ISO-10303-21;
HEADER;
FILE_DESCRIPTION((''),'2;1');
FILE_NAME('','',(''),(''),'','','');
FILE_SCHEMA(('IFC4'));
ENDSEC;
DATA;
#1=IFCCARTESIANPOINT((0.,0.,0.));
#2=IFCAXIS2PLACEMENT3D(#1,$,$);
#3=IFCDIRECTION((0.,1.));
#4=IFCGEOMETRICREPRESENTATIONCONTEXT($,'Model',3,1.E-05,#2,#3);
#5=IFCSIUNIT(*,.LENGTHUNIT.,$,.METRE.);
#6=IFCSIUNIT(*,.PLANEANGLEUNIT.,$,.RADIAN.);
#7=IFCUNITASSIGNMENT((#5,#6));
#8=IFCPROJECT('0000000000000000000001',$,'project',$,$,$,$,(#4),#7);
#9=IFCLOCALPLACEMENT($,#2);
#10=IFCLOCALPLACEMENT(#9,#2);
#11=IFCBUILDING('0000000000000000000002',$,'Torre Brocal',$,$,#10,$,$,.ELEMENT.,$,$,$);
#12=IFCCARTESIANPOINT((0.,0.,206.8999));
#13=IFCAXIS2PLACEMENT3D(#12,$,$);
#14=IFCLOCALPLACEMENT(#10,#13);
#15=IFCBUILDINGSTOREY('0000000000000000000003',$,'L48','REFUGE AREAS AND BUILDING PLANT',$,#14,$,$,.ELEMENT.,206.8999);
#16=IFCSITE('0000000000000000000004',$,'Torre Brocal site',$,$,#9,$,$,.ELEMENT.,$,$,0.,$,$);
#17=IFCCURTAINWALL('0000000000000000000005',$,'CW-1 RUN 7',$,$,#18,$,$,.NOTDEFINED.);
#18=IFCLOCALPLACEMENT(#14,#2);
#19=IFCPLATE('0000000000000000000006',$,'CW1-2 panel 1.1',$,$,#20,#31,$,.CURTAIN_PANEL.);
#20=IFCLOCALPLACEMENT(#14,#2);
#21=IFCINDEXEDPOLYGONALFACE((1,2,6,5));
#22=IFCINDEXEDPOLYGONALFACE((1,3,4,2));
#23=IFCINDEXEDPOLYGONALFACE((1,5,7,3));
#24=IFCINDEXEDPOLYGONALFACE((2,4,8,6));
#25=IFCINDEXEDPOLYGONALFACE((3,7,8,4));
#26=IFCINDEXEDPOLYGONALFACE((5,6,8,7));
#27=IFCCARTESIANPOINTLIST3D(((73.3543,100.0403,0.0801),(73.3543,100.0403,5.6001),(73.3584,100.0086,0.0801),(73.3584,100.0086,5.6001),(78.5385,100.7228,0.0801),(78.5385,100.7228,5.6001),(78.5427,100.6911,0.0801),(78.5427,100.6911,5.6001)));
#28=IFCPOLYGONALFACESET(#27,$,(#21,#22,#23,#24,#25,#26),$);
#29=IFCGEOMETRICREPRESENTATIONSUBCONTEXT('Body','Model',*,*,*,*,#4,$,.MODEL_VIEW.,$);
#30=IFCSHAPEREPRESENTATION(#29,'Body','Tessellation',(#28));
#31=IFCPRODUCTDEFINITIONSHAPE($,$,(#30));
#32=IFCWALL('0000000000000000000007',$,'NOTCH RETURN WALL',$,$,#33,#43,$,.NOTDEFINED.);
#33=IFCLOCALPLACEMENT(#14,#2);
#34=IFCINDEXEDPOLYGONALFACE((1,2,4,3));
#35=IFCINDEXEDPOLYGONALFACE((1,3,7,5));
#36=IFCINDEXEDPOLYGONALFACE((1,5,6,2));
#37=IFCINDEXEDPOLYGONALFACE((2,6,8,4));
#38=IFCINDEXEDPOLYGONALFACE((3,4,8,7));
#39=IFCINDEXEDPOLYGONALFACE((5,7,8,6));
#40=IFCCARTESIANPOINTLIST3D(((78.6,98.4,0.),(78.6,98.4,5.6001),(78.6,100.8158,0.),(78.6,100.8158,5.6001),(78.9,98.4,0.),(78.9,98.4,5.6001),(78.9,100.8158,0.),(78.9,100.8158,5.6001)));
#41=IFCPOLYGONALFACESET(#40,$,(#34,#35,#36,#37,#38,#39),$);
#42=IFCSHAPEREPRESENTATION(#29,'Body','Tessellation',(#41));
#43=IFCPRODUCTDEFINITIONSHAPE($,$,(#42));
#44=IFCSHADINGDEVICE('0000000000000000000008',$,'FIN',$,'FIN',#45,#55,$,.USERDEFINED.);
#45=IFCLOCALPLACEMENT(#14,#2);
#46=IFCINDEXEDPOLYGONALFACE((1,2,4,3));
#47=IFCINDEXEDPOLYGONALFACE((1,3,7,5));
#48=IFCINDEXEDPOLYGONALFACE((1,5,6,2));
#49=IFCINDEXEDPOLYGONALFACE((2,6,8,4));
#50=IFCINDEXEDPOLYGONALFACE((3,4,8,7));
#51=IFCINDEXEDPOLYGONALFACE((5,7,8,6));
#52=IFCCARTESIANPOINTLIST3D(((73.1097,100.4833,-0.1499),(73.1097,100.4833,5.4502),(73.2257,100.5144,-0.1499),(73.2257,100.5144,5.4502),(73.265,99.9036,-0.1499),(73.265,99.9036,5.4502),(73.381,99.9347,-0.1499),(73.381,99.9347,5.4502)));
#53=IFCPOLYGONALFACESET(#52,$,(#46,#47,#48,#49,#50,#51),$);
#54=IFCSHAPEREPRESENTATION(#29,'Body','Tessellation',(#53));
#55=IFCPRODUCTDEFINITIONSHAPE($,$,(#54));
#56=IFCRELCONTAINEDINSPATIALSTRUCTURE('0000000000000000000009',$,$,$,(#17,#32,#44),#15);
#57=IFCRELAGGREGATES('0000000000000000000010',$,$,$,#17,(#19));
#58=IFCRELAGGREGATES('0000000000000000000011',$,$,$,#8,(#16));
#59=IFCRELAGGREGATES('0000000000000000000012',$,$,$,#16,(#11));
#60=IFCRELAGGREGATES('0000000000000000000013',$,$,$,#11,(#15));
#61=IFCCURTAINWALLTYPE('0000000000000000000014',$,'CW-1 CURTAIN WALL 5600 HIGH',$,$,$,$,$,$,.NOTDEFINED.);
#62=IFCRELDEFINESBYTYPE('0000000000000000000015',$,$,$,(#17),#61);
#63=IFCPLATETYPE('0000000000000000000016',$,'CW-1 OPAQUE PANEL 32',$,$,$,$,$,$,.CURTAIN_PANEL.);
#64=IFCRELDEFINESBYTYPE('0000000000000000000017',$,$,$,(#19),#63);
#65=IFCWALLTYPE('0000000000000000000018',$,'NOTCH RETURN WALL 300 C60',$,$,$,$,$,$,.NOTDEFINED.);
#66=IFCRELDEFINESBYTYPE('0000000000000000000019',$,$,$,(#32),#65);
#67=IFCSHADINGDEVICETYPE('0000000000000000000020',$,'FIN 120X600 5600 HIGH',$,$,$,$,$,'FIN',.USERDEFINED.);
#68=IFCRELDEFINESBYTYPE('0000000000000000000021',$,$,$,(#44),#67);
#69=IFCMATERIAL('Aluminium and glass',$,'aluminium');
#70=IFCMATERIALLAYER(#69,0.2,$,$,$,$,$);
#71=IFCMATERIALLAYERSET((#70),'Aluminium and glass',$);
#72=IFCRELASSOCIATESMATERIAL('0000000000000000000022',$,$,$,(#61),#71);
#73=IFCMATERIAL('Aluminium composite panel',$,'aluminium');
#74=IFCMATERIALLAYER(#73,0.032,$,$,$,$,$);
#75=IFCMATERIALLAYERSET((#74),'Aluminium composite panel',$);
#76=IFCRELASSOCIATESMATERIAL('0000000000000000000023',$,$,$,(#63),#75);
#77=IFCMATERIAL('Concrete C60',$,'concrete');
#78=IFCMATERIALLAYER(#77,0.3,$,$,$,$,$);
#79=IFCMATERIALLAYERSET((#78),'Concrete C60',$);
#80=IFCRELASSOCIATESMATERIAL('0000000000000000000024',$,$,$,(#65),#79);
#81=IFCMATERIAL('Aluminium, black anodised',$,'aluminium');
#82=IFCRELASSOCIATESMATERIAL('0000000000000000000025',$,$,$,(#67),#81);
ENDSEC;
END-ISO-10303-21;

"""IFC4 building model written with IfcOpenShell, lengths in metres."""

from ifc_helpers import new_model, si_unit, direction, frame, frame_2d, origin, origin_2d, place, context, subcontext, project, spatial, rectangle, extrude, material, layer, layer_set, material_profile, profile_set, type_object, element, aggregate, save


model = new_model("IFC4")

# Units and contexts
model_context = context("Model", 3, precision=1e-05, world=origin(), true_north=direction((0.0, 1.0)))
body_context = subcontext(model_context, "Body", "Model", "MODEL_VIEW")
ifc_project = project(units=[si_unit("LENGTHUNIT", "METRE"), si_unit("PLANEANGLEUNIT", "RADIAN")], contexts=[model_context])

# Site, building, storey
site_placement = place(None, origin())
site = spatial("IfcSite", under=ifc_project, at=site_placement, Name="Torre Brocal site", CompositionType="ELEMENT", RefElevation=0.0)
building_placement = place(site_placement, origin())
building = spatial("IfcBuilding", under=site, at=building_placement, Name="Torre Brocal", CompositionType="ELEMENT")
storey_placement = place(building_placement, frame((0.0, 0.0, 206.8999)))
storey = spatial("IfcBuildingStorey", under=building, at=storey_placement, Name="L48", Description="REFUGE AREAS AND BUILDING PLANT", CompositionType="ELEMENT", Elevation=206.8999)

# Curtain wall
ifc_material_1 = material(Name="Aluminium and glass", Category="aluminium")
ifc_layer_1 = layer(ifc_material_1, 0.2)
ifc_layer_set_1 = layer_set([ifc_layer_1], Name="Aluminium and glass")
curtain_wall_type = type_object("IfcCurtainWallType", Name="CW-1 CURTAIN WALL 5600 HIGH", PredefinedType="NOTDEFINED", material=ifc_layer_set_1)
curtain_wall_1_placement = place(storey_placement, origin())
curtain_wall_1 = element("IfcCurtainWall", 1, at=curtain_wall_1_placement, inside=storey, type_object=curtain_wall_type, Name="CW-1 RUN 7", PredefinedType="NOTDEFINED")

# Plate
ifc_material_2 = material(Name="Aluminium composite panel", Category="aluminium")
ifc_layer_2 = layer(ifc_material_2, 0.032)
ifc_layer_set_2 = layer_set([ifc_layer_2], Name="Aluminium composite panel")
plate_type = type_object("IfcPlateType", Name="CW-1 OPAQUE PANEL 32", PredefinedType="CURTAIN_PANEL", material=ifc_layer_set_2)
plate_placement = place(storey_placement, frame((75.9485, 100.3657, 0.0801), z_axis=(0.0, 0.0, 1.0), x_axis=(-0.991445, -0.130526, 0.0)))
plate = element("IfcPlate", 2, at=plate_placement, type_object=plate_type, Name="CW1-2 panel 1.1", PredefinedType="CURTAIN_PANEL", context=body_context, shape_type="SweptSolid", body=[
    extrude(rectangle(XDim=5.229, YDim=0.032, at=origin_2d()), origin(), (0.0, 0.0, 1.0), 5.52),
])
aggregate(curtain_wall_1, [plate])

# Wall
ifc_material_3 = material(Name="Concrete C60", Category="concrete")
ifc_layer_3 = layer(ifc_material_3, 0.3)
ifc_layer_set_3 = layer_set([ifc_layer_3], Name="Concrete C60")
wall_type = type_object("IfcWallType", Name="NOTCH RETURN WALL 300 C60", PredefinedType="NOTDEFINED", material=ifc_layer_set_3)
wall_placement = place(storey_placement, frame((78.75, 98.3999, 0.0), z_axis=(0.0, 0.0, 1.0), x_axis=(0.0, 1.0, 0.0)))
element("IfcWall", 3, at=wall_placement, inside=storey, type_object=wall_type, Name="NOTCH RETURN WALL", PredefinedType="NOTDEFINED", context=body_context, shape_type="SweptSolid", body=[
    extrude(rectangle(XDim=2.4158, YDim=0.3, at=frame_2d((1.208, 0.0))), origin(), (0.0, 0.0, 1.0), 5.6001),
])

# Shading device
ifc_material_4 = material(Name="Aluminium, black anodised", Category="aluminium")
ifc_material_profile_1 = material_profile(ifc_material_4, rectangle(XDim=0.1201, YDim=0.6001, at=origin_2d()), Name="FIN 120X600 5600 HIGH")
ifc_profile_set_1 = profile_set([ifc_material_profile_1], Name="Aluminium, black anodised")
shading_device_type = type_object("IfcShadingDeviceType", Name="FIN 120X600 5600 HIGH", ElementType="FIN", PredefinedType="USERDEFINED", material=ifc_profile_set_1)
shading_device_placement = place(storey_placement, frame((73.2454, 100.209, -0.1499), z_axis=(0.0, 0.0, 1.0), x_axis=(-0.965926, -0.258819, 0.0)))
element("IfcShadingDevice", 4, at=shading_device_placement, inside=storey, type_object=shading_device_type, Name="FIN", ObjectType="FIN", PredefinedType="USERDEFINED", context=body_context, shape_type="SweptSolid", body=[
    extrude(rectangle(XDim=0.1201, YDim=0.6001, at=origin_2d()), origin(), (0.0, 0.0, 1.0), 5.6001),
])

save(model, "model.ifc")
